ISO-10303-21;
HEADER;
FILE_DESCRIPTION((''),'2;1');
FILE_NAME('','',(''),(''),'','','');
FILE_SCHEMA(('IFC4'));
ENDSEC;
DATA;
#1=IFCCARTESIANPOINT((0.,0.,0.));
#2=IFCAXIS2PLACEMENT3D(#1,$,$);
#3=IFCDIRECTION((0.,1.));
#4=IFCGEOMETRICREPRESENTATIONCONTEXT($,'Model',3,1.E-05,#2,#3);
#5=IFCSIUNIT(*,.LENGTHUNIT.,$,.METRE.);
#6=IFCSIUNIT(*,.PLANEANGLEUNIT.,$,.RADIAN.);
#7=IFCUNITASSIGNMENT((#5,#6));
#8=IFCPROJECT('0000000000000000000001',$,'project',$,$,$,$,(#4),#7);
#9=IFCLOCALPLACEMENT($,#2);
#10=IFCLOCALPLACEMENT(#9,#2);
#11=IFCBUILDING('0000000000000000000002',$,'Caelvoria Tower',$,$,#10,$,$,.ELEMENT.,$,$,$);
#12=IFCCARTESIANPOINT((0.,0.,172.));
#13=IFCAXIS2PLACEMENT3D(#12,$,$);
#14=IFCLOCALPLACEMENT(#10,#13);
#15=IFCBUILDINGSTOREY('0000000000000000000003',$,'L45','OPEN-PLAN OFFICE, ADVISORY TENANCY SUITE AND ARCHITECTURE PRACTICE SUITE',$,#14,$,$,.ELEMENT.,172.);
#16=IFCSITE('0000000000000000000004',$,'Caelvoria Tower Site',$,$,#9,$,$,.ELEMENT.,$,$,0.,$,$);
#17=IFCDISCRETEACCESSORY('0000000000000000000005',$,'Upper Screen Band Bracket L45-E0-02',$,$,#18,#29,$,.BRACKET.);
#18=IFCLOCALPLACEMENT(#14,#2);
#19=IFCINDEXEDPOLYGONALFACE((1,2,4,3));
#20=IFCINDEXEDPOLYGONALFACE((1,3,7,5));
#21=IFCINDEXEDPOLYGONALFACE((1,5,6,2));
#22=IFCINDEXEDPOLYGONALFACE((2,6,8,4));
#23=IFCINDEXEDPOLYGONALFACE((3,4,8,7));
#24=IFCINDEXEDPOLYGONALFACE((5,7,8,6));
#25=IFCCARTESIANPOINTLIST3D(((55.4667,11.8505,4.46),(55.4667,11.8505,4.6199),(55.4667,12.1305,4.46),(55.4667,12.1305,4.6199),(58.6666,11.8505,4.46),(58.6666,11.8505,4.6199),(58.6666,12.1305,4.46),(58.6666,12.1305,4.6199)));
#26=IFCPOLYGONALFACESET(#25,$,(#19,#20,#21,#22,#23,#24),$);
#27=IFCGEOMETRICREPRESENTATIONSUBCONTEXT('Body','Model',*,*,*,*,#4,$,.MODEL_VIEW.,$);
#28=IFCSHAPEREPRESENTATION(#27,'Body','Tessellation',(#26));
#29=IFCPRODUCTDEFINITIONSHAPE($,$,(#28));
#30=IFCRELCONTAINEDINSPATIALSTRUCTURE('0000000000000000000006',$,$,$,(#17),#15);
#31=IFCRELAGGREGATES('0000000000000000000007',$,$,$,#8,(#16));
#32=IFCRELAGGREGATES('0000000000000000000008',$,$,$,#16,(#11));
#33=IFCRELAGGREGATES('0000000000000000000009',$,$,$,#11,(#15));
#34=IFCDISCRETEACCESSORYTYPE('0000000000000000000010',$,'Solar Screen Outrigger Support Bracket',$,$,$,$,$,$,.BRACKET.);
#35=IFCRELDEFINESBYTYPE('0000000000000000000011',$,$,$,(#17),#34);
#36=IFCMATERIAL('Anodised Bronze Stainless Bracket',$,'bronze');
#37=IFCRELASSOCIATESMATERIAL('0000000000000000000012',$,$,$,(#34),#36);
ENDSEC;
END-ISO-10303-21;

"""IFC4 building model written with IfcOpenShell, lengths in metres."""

from ifc_helpers import new_model, si_unit, direction, frame, origin, origin_2d, place, context, subcontext, project, spatial, rectangle, extrude, material, type_object, element, save


model = new_model("IFC4")

# Units and contexts
model_context = context("Model", 3, precision=1e-05, world=origin(), true_north=direction((0.0, 1.0)))
body_context = subcontext(model_context, "Body", "Model", "MODEL_VIEW")
ifc_project = project(units=[si_unit("LENGTHUNIT", "METRE"), si_unit("PLANEANGLEUNIT", "RADIAN")], contexts=[model_context])

# Site, building, storey
site_placement = place(None, origin())
site = spatial("IfcSite", under=ifc_project, at=site_placement, Name="Caelvoria Tower Site", CompositionType="ELEMENT", RefElevation=0.0)
building_placement = place(site_placement, origin())
building = spatial("IfcBuilding", under=site, at=building_placement, Name="Caelvoria Tower", CompositionType="ELEMENT")
storey_placement = place(building_placement, frame((0.0, 0.0, 172.0)))
storey = spatial("IfcBuildingStorey", under=building, at=storey_placement, Name="L45", Description="OPEN-PLAN OFFICE, ADVISORY TENANCY SUITE AND ARCHITECTURE PRACTICE SUITE", CompositionType="ELEMENT", Elevation=172.0)

# Discrete accessory
ifc_material_1 = material(Name="Anodised Bronze Stainless Bracket", Category="bronze")
discrete_accessory_type = type_object("IfcDiscreteAccessoryType", Name="Solar Screen Outrigger Support Bracket", PredefinedType="BRACKET", material=ifc_material_1)
discrete_accessory_placement = place(storey_placement, frame((57.0667, 11.9905, 4.46), z_axis=(0.0, 0.0, 1.0), x_axis=(1.0, 0.0, 0.0)))
element("IfcDiscreteAccessory", 1, at=discrete_accessory_placement, inside=storey, type_object=discrete_accessory_type, Name="Upper Screen Band Bracket L45-E0-02", PredefinedType="BRACKET", context=body_context, shape_type="SweptSolid", body=[
    extrude(rectangle(XDim=3.2, YDim=0.28, at=origin_2d()), origin(), (0.0, 0.0, 1.0), 0.1599),
])

save(model, "model.ifc")
